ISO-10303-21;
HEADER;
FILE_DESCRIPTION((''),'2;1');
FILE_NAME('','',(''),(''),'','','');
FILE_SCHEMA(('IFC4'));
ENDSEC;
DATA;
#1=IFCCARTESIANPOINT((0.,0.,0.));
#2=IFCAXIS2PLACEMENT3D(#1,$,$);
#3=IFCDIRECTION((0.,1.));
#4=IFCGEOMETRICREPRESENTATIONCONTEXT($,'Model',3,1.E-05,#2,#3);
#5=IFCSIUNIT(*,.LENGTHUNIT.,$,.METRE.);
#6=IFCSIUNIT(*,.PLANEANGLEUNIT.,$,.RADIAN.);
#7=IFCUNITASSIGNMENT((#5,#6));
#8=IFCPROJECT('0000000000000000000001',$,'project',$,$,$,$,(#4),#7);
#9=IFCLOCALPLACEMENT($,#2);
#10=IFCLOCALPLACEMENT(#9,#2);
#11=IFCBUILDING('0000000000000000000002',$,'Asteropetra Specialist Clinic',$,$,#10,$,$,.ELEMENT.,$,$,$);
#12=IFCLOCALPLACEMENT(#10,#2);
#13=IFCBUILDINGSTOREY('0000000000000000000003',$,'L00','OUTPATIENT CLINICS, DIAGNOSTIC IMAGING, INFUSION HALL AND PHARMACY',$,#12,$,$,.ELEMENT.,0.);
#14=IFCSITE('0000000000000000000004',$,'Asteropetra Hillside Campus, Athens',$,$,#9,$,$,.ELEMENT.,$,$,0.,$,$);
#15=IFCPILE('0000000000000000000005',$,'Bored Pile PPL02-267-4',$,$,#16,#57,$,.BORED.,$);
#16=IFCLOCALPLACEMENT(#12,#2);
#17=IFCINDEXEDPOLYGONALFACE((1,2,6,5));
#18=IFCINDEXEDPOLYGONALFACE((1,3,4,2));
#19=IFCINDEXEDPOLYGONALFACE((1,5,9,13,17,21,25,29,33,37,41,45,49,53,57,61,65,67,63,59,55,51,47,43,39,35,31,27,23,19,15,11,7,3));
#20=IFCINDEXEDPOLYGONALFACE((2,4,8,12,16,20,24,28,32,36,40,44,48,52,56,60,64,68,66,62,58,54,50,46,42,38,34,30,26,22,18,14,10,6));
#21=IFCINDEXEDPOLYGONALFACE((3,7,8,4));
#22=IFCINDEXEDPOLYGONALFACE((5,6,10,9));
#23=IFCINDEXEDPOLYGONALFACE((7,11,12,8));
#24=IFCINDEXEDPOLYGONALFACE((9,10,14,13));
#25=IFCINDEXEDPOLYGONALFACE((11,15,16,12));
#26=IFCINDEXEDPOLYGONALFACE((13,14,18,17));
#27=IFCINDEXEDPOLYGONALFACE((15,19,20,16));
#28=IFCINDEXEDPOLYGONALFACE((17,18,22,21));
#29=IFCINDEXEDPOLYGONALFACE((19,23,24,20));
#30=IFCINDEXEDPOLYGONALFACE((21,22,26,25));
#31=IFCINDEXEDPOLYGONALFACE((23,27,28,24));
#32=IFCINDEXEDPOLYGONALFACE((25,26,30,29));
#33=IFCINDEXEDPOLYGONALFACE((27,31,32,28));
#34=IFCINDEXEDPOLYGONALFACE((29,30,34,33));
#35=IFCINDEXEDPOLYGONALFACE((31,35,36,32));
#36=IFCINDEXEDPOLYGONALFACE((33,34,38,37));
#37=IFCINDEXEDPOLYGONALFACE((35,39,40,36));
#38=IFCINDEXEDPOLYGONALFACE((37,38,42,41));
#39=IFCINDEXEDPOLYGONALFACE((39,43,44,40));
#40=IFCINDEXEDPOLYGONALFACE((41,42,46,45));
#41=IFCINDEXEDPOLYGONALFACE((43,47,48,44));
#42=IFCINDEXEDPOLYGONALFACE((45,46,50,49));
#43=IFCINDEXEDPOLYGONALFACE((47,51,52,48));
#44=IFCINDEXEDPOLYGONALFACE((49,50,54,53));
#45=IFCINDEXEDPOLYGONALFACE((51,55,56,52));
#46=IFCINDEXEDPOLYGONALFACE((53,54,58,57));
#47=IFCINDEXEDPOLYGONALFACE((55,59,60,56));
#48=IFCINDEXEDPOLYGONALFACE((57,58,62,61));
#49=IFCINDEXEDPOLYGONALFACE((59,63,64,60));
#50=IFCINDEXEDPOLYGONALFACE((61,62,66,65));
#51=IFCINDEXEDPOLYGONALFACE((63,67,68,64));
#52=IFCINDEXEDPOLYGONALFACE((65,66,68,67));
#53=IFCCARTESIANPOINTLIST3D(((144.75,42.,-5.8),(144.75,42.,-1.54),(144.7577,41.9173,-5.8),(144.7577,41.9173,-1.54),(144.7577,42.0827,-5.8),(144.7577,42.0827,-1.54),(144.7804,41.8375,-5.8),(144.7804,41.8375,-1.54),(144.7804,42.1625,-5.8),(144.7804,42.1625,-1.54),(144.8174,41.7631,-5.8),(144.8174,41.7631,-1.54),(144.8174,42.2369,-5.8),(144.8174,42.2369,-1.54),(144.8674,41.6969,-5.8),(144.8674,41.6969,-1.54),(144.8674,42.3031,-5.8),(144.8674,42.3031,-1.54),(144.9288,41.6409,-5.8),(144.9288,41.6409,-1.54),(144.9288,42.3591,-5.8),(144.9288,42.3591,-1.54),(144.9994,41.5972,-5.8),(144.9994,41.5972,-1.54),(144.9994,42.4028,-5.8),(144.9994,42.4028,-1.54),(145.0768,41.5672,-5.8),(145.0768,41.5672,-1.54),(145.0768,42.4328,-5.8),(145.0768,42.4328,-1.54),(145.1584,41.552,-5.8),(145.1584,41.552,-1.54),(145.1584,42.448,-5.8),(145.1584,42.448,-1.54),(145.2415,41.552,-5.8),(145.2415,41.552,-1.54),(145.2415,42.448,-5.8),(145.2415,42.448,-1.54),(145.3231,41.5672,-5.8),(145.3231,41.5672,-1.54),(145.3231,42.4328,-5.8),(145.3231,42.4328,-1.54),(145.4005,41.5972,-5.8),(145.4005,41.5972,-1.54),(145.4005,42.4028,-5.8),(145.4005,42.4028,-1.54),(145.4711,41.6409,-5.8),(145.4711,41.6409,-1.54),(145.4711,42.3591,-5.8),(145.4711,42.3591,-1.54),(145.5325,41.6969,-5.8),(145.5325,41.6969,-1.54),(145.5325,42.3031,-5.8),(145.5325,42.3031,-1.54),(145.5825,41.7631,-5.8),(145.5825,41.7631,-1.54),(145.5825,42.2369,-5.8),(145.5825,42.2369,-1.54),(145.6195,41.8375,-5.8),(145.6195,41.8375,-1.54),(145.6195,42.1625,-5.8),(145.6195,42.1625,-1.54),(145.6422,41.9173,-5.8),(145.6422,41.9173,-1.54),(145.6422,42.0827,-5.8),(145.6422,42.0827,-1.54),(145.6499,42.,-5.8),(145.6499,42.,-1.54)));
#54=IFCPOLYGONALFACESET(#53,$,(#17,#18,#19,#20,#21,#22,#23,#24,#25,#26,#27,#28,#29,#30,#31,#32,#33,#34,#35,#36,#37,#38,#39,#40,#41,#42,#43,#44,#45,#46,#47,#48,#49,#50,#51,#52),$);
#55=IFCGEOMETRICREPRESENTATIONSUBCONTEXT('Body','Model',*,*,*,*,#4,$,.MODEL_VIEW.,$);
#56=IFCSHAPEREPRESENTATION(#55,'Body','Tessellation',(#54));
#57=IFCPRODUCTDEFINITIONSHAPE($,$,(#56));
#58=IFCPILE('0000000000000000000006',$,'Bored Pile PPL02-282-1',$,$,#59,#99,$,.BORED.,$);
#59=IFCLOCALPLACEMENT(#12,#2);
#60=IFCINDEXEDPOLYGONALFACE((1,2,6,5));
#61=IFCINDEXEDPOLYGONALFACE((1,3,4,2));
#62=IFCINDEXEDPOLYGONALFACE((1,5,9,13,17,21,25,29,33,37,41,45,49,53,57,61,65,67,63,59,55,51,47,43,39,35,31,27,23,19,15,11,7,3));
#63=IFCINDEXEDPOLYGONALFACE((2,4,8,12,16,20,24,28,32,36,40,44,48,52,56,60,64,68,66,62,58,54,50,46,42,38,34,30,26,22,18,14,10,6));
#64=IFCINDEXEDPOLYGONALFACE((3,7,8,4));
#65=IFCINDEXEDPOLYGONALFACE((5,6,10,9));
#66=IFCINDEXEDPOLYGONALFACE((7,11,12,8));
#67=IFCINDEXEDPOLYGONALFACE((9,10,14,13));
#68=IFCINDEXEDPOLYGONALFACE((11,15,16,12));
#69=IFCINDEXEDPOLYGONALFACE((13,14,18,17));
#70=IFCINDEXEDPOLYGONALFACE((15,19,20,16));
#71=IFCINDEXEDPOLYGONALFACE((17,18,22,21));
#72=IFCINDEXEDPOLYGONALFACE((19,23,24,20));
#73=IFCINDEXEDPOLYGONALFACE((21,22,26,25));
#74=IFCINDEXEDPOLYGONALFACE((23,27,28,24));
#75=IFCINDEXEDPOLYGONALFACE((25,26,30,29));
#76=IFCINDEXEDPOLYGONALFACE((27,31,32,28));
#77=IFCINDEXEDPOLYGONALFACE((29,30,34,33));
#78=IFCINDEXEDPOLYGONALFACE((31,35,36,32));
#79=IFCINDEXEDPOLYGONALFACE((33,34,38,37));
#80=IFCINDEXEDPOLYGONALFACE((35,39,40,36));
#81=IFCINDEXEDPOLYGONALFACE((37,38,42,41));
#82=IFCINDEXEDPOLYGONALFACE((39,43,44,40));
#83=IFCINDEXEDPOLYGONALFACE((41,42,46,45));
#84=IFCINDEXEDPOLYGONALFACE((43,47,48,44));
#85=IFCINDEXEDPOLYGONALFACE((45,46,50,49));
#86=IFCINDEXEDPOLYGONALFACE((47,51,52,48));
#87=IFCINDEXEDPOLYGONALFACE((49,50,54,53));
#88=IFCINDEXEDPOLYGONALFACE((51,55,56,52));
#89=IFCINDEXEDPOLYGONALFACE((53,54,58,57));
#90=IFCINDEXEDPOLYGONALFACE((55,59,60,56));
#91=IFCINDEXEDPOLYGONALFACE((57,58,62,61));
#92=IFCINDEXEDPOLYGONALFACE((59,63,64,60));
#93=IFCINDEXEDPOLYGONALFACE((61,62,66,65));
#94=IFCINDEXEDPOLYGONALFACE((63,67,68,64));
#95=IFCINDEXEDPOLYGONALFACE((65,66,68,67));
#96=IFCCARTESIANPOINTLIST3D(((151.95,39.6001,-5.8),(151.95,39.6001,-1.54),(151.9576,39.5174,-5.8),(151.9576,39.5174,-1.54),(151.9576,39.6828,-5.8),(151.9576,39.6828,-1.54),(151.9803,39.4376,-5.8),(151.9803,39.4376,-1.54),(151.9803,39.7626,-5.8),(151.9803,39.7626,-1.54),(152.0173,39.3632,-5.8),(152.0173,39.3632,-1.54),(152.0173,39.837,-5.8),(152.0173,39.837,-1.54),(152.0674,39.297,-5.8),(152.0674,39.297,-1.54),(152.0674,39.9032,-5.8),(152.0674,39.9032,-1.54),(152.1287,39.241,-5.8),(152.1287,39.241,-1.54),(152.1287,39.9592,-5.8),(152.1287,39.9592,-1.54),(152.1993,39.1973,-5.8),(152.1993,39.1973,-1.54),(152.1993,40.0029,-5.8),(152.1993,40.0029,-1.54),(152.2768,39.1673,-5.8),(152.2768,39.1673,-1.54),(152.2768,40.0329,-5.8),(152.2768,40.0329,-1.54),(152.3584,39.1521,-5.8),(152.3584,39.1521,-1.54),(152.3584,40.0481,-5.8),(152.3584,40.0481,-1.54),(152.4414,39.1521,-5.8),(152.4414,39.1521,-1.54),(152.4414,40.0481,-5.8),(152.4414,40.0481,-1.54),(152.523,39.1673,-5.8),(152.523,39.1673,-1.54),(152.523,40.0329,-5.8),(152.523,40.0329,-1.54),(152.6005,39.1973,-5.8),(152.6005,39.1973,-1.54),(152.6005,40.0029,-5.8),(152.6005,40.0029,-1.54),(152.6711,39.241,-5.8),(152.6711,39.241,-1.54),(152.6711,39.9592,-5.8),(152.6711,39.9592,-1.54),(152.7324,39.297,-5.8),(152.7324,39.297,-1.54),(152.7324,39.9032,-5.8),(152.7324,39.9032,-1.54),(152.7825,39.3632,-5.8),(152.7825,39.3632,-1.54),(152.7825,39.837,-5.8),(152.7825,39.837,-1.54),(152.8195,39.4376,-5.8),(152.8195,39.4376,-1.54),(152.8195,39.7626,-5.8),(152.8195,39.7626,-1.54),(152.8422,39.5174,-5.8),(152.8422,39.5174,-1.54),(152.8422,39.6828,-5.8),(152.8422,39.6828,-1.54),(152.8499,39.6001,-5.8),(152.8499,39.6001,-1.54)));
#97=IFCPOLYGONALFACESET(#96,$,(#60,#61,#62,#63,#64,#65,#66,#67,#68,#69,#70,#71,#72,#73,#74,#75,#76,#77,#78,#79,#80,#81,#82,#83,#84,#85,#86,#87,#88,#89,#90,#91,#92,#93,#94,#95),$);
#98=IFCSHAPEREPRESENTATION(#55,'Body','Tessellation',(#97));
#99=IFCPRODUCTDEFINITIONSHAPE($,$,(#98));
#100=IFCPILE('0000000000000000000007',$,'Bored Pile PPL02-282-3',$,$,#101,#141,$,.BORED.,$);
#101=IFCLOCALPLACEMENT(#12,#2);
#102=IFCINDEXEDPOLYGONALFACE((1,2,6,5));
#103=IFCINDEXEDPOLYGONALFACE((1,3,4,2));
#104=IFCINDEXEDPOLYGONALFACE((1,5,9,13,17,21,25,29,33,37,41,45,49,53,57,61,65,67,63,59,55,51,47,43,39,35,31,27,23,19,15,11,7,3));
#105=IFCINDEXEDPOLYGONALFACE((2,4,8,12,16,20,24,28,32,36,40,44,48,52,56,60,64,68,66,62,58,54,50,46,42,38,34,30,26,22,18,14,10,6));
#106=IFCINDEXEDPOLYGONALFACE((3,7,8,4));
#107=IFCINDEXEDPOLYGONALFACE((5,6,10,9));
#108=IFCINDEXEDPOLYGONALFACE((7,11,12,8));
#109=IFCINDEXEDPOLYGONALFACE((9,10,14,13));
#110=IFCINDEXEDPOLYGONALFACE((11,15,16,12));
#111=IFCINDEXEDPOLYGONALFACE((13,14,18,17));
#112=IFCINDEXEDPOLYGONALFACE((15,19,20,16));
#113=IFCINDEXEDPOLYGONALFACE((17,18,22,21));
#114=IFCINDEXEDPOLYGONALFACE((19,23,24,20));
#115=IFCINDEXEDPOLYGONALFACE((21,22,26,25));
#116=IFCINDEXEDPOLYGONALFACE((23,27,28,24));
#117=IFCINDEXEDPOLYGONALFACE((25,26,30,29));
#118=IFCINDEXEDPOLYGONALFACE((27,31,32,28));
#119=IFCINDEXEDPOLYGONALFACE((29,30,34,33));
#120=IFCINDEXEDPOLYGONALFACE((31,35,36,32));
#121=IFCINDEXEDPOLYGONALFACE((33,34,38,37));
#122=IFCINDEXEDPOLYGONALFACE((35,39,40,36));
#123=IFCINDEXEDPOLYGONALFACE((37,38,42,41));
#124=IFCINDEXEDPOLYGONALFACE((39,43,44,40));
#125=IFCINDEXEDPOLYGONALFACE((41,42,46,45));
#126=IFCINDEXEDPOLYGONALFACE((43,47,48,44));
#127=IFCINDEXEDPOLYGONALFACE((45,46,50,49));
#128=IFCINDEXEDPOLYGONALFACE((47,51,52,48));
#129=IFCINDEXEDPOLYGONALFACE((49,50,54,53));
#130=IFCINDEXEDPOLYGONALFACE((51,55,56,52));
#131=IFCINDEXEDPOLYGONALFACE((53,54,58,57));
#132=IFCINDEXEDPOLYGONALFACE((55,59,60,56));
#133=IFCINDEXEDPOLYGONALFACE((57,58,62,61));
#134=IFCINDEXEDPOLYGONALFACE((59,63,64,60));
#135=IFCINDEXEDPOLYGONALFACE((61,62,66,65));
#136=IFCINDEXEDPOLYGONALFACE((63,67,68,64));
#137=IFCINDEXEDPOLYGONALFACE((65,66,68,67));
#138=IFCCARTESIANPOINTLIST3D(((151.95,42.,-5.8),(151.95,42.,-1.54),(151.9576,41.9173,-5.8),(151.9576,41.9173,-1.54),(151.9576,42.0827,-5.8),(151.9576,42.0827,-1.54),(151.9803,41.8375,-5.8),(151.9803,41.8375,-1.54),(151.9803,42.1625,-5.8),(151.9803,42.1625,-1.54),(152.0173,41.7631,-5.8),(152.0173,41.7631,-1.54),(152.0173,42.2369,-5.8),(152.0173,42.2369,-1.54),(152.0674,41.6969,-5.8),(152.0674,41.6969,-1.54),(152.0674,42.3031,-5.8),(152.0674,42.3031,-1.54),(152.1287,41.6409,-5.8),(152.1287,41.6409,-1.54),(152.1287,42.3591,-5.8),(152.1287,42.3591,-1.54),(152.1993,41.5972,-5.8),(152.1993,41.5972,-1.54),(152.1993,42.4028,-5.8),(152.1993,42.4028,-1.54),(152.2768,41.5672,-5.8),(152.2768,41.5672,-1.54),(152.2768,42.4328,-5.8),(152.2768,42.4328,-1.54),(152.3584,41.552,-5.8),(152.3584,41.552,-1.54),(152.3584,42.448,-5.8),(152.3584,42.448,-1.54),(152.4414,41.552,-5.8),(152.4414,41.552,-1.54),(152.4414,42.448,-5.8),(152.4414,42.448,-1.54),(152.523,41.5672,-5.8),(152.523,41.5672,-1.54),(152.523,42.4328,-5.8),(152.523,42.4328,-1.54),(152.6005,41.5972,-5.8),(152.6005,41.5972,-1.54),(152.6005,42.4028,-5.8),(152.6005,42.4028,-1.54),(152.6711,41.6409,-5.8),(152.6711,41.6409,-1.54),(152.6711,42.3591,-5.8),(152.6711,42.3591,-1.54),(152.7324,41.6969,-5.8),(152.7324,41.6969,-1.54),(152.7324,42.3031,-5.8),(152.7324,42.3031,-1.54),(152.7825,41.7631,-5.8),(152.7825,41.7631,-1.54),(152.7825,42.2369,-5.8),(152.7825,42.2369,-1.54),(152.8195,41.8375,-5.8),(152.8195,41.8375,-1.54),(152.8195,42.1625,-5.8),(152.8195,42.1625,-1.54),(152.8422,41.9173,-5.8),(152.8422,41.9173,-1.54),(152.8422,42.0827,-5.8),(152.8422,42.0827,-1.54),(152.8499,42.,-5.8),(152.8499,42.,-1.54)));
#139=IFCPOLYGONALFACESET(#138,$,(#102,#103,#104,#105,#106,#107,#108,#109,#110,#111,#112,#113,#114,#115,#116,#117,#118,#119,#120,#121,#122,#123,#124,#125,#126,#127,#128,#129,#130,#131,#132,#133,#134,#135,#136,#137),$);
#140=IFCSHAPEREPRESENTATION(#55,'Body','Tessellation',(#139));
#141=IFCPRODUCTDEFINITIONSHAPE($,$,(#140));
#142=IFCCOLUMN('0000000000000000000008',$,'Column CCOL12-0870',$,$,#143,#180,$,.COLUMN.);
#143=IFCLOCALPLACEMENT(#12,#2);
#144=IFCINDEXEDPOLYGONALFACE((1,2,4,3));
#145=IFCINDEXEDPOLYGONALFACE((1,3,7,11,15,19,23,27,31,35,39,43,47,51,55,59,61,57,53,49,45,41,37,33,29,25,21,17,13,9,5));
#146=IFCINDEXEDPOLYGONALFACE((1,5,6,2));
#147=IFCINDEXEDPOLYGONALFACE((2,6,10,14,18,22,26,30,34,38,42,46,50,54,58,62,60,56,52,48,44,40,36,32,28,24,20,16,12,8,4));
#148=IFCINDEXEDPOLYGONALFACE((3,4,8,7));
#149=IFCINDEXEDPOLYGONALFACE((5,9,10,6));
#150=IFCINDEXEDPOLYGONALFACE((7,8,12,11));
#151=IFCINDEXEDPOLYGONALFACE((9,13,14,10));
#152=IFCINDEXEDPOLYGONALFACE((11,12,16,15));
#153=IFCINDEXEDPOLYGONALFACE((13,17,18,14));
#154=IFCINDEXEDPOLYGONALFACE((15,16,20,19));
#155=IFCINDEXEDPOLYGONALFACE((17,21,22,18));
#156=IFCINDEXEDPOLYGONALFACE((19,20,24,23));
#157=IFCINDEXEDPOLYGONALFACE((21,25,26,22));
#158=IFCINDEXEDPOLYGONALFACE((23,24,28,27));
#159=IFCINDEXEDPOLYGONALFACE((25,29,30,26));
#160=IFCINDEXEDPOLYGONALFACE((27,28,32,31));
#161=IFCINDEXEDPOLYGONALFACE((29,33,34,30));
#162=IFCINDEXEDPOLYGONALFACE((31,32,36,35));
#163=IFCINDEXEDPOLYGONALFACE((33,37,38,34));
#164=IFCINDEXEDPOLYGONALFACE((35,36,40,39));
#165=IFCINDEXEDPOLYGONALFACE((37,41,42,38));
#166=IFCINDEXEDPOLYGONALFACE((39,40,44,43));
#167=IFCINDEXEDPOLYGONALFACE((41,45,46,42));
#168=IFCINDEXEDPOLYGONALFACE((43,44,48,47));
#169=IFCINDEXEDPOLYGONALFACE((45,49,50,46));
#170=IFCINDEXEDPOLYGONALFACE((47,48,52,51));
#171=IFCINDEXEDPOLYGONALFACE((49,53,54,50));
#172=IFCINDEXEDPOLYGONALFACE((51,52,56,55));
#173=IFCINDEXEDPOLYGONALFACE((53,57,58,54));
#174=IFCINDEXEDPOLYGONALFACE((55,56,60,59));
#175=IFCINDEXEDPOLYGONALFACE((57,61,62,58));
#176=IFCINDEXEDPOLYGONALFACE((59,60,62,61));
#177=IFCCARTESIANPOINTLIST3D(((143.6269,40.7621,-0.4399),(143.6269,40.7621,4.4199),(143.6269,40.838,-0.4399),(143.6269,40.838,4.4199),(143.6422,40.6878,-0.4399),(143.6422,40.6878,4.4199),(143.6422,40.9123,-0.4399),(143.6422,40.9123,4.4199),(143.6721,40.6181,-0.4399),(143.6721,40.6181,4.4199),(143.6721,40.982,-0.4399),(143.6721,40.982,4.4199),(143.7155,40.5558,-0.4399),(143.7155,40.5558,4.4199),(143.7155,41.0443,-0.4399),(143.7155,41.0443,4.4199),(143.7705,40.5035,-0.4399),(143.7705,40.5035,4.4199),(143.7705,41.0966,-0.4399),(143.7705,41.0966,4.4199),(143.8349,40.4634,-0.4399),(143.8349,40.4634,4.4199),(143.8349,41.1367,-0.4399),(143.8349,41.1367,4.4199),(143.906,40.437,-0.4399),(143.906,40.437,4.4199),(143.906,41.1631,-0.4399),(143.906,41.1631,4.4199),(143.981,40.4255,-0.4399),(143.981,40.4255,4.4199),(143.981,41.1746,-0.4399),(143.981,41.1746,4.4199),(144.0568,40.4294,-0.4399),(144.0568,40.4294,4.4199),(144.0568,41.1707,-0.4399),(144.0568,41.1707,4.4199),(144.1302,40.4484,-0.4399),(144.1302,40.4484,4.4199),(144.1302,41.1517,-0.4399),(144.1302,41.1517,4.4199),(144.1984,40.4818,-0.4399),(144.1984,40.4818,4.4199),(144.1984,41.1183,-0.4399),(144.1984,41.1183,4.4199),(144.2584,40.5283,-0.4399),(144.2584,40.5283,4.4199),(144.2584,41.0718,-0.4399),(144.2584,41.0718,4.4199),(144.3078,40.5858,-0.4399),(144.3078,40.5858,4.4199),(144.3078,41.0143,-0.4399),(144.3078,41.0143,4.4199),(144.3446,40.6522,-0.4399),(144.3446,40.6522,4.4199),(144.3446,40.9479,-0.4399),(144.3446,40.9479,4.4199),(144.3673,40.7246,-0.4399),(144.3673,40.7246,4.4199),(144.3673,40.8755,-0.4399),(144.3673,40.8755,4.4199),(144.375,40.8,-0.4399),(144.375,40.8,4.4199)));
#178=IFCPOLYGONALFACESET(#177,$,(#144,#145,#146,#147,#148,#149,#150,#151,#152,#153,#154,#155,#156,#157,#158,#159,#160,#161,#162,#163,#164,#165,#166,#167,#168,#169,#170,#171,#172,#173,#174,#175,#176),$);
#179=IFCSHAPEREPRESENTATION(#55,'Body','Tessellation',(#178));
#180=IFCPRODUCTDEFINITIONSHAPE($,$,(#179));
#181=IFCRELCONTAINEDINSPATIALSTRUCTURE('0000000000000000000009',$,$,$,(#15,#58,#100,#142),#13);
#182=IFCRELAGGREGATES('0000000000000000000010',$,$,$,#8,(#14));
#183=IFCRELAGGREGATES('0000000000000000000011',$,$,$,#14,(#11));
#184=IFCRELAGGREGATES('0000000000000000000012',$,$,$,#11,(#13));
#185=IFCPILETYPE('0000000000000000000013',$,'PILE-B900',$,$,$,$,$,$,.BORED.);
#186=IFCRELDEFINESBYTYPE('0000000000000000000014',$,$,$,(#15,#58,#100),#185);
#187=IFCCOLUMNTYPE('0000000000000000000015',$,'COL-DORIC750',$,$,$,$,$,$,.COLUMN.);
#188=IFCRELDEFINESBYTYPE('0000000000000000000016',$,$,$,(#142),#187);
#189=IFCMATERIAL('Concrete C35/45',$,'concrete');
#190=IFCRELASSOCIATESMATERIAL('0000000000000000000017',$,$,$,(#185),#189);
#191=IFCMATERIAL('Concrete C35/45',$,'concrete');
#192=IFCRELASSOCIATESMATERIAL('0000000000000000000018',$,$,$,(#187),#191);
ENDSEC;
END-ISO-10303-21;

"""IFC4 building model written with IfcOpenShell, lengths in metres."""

from ifc_helpers import new_model, si_unit, direction, frame, origin, origin_2d, place, context, subcontext, project, spatial, circle, extrude, material, material_profile, profile_set, type_object, element, save


model = new_model("IFC4")

# Units and contexts
model_context = context("Model", 3, precision=1e-05, world=origin(), true_north=direction((0.0, 1.0)))
body_context = subcontext(model_context, "Body", "Model", "MODEL_VIEW")
ifc_project = project(units=[si_unit("LENGTHUNIT", "METRE"), si_unit("PLANEANGLEUNIT", "RADIAN")], contexts=[model_context])

# Site, building, storey
site_placement = place(None, origin())
site = spatial("IfcSite", under=ifc_project, at=site_placement, Name="Asteropetra Hillside Campus, Athens", CompositionType="ELEMENT", RefElevation=0.0)
building_placement = place(site_placement, origin())
building = spatial("IfcBuilding", under=site, at=building_placement, Name="Asteropetra Specialist Clinic", CompositionType="ELEMENT")
storey_placement = place(building_placement, origin())
storey = spatial("IfcBuildingStorey", under=building, at=storey_placement, Name="L00", Description="OUTPATIENT CLINICS, DIAGNOSTIC IMAGING, INFUSION HALL AND PHARMACY", CompositionType="ELEMENT", Elevation=0.0)

# Piles
ifc_material_1 = material(Name="Concrete C35/45", Category="concrete")
ifc_material_profile_1 = material_profile(ifc_material_1, circle(Radius=0.45, at=origin_2d()), Name="PILE D900")
ifc_profile_set_1 = profile_set([ifc_material_profile_1], Name="Concrete C35/45")
pile_type = type_object("IfcPileType", Name="PILE-B900", PredefinedType="BORED", material=ifc_profile_set_1)
for number, where, z_axis, x_axis, name in (
    (1, (145.2, 42.0, -1.54), (0.0, 0.0, -1.0), (1.0, 0.0, 0.0), "Bored Pile PPL02-267-4"),
    (2, (152.3999, 39.6001, -1.54), (0.0, 0.0, -1.0), (1.0, 0.0, 0.0), "Bored Pile PPL02-282-1"),
    (3, (152.3999, 42.0, -1.54), (0.0, 0.0, -1.0), (1.0, 0.0, 0.0), "Bored Pile PPL02-282-3"),
):
    element("IfcPile", number, at=place(storey_placement, frame(where, z_axis=z_axis, x_axis=x_axis)), inside=storey, type_object=pile_type, Name=name, PredefinedType="BORED", context=body_context, shape_type="SweptSolid", body=[
        extrude(circle(Radius=0.45, at=origin_2d()), origin(), (0.0, 0.0, 1.0), 4.26),
    ])

# Column
ifc_material_2 = material(Name="Concrete C35/45", Category="concrete")
ifc_material_profile_2 = material_profile(ifc_material_2, circle(Radius=0.375, at=origin_2d()), Name="RCC D750")
ifc_profile_set_2 = profile_set([ifc_material_profile_2], Name="Concrete C35/45")
column_type = type_object("IfcColumnType", Name="COL-DORIC750", PredefinedType="COLUMN", material=ifc_profile_set_2)
column_placement = place(storey_placement, frame((144.0, 40.8, -0.4399), z_axis=(0.0, 0.0, 1.0), x_axis=(1.0, 0.0, 0.0)))
element("IfcColumn", 4, at=column_placement, inside=storey, type_object=column_type, Name="Column CCOL12-0870", PredefinedType="COLUMN", context=body_context, shape_type="SweptSolid", body=[
    extrude(circle(Radius=0.375, at=origin_2d()), origin(), (0.0, 0.0, 1.0), 4.8599),
])

save(model, "model.ifc")
